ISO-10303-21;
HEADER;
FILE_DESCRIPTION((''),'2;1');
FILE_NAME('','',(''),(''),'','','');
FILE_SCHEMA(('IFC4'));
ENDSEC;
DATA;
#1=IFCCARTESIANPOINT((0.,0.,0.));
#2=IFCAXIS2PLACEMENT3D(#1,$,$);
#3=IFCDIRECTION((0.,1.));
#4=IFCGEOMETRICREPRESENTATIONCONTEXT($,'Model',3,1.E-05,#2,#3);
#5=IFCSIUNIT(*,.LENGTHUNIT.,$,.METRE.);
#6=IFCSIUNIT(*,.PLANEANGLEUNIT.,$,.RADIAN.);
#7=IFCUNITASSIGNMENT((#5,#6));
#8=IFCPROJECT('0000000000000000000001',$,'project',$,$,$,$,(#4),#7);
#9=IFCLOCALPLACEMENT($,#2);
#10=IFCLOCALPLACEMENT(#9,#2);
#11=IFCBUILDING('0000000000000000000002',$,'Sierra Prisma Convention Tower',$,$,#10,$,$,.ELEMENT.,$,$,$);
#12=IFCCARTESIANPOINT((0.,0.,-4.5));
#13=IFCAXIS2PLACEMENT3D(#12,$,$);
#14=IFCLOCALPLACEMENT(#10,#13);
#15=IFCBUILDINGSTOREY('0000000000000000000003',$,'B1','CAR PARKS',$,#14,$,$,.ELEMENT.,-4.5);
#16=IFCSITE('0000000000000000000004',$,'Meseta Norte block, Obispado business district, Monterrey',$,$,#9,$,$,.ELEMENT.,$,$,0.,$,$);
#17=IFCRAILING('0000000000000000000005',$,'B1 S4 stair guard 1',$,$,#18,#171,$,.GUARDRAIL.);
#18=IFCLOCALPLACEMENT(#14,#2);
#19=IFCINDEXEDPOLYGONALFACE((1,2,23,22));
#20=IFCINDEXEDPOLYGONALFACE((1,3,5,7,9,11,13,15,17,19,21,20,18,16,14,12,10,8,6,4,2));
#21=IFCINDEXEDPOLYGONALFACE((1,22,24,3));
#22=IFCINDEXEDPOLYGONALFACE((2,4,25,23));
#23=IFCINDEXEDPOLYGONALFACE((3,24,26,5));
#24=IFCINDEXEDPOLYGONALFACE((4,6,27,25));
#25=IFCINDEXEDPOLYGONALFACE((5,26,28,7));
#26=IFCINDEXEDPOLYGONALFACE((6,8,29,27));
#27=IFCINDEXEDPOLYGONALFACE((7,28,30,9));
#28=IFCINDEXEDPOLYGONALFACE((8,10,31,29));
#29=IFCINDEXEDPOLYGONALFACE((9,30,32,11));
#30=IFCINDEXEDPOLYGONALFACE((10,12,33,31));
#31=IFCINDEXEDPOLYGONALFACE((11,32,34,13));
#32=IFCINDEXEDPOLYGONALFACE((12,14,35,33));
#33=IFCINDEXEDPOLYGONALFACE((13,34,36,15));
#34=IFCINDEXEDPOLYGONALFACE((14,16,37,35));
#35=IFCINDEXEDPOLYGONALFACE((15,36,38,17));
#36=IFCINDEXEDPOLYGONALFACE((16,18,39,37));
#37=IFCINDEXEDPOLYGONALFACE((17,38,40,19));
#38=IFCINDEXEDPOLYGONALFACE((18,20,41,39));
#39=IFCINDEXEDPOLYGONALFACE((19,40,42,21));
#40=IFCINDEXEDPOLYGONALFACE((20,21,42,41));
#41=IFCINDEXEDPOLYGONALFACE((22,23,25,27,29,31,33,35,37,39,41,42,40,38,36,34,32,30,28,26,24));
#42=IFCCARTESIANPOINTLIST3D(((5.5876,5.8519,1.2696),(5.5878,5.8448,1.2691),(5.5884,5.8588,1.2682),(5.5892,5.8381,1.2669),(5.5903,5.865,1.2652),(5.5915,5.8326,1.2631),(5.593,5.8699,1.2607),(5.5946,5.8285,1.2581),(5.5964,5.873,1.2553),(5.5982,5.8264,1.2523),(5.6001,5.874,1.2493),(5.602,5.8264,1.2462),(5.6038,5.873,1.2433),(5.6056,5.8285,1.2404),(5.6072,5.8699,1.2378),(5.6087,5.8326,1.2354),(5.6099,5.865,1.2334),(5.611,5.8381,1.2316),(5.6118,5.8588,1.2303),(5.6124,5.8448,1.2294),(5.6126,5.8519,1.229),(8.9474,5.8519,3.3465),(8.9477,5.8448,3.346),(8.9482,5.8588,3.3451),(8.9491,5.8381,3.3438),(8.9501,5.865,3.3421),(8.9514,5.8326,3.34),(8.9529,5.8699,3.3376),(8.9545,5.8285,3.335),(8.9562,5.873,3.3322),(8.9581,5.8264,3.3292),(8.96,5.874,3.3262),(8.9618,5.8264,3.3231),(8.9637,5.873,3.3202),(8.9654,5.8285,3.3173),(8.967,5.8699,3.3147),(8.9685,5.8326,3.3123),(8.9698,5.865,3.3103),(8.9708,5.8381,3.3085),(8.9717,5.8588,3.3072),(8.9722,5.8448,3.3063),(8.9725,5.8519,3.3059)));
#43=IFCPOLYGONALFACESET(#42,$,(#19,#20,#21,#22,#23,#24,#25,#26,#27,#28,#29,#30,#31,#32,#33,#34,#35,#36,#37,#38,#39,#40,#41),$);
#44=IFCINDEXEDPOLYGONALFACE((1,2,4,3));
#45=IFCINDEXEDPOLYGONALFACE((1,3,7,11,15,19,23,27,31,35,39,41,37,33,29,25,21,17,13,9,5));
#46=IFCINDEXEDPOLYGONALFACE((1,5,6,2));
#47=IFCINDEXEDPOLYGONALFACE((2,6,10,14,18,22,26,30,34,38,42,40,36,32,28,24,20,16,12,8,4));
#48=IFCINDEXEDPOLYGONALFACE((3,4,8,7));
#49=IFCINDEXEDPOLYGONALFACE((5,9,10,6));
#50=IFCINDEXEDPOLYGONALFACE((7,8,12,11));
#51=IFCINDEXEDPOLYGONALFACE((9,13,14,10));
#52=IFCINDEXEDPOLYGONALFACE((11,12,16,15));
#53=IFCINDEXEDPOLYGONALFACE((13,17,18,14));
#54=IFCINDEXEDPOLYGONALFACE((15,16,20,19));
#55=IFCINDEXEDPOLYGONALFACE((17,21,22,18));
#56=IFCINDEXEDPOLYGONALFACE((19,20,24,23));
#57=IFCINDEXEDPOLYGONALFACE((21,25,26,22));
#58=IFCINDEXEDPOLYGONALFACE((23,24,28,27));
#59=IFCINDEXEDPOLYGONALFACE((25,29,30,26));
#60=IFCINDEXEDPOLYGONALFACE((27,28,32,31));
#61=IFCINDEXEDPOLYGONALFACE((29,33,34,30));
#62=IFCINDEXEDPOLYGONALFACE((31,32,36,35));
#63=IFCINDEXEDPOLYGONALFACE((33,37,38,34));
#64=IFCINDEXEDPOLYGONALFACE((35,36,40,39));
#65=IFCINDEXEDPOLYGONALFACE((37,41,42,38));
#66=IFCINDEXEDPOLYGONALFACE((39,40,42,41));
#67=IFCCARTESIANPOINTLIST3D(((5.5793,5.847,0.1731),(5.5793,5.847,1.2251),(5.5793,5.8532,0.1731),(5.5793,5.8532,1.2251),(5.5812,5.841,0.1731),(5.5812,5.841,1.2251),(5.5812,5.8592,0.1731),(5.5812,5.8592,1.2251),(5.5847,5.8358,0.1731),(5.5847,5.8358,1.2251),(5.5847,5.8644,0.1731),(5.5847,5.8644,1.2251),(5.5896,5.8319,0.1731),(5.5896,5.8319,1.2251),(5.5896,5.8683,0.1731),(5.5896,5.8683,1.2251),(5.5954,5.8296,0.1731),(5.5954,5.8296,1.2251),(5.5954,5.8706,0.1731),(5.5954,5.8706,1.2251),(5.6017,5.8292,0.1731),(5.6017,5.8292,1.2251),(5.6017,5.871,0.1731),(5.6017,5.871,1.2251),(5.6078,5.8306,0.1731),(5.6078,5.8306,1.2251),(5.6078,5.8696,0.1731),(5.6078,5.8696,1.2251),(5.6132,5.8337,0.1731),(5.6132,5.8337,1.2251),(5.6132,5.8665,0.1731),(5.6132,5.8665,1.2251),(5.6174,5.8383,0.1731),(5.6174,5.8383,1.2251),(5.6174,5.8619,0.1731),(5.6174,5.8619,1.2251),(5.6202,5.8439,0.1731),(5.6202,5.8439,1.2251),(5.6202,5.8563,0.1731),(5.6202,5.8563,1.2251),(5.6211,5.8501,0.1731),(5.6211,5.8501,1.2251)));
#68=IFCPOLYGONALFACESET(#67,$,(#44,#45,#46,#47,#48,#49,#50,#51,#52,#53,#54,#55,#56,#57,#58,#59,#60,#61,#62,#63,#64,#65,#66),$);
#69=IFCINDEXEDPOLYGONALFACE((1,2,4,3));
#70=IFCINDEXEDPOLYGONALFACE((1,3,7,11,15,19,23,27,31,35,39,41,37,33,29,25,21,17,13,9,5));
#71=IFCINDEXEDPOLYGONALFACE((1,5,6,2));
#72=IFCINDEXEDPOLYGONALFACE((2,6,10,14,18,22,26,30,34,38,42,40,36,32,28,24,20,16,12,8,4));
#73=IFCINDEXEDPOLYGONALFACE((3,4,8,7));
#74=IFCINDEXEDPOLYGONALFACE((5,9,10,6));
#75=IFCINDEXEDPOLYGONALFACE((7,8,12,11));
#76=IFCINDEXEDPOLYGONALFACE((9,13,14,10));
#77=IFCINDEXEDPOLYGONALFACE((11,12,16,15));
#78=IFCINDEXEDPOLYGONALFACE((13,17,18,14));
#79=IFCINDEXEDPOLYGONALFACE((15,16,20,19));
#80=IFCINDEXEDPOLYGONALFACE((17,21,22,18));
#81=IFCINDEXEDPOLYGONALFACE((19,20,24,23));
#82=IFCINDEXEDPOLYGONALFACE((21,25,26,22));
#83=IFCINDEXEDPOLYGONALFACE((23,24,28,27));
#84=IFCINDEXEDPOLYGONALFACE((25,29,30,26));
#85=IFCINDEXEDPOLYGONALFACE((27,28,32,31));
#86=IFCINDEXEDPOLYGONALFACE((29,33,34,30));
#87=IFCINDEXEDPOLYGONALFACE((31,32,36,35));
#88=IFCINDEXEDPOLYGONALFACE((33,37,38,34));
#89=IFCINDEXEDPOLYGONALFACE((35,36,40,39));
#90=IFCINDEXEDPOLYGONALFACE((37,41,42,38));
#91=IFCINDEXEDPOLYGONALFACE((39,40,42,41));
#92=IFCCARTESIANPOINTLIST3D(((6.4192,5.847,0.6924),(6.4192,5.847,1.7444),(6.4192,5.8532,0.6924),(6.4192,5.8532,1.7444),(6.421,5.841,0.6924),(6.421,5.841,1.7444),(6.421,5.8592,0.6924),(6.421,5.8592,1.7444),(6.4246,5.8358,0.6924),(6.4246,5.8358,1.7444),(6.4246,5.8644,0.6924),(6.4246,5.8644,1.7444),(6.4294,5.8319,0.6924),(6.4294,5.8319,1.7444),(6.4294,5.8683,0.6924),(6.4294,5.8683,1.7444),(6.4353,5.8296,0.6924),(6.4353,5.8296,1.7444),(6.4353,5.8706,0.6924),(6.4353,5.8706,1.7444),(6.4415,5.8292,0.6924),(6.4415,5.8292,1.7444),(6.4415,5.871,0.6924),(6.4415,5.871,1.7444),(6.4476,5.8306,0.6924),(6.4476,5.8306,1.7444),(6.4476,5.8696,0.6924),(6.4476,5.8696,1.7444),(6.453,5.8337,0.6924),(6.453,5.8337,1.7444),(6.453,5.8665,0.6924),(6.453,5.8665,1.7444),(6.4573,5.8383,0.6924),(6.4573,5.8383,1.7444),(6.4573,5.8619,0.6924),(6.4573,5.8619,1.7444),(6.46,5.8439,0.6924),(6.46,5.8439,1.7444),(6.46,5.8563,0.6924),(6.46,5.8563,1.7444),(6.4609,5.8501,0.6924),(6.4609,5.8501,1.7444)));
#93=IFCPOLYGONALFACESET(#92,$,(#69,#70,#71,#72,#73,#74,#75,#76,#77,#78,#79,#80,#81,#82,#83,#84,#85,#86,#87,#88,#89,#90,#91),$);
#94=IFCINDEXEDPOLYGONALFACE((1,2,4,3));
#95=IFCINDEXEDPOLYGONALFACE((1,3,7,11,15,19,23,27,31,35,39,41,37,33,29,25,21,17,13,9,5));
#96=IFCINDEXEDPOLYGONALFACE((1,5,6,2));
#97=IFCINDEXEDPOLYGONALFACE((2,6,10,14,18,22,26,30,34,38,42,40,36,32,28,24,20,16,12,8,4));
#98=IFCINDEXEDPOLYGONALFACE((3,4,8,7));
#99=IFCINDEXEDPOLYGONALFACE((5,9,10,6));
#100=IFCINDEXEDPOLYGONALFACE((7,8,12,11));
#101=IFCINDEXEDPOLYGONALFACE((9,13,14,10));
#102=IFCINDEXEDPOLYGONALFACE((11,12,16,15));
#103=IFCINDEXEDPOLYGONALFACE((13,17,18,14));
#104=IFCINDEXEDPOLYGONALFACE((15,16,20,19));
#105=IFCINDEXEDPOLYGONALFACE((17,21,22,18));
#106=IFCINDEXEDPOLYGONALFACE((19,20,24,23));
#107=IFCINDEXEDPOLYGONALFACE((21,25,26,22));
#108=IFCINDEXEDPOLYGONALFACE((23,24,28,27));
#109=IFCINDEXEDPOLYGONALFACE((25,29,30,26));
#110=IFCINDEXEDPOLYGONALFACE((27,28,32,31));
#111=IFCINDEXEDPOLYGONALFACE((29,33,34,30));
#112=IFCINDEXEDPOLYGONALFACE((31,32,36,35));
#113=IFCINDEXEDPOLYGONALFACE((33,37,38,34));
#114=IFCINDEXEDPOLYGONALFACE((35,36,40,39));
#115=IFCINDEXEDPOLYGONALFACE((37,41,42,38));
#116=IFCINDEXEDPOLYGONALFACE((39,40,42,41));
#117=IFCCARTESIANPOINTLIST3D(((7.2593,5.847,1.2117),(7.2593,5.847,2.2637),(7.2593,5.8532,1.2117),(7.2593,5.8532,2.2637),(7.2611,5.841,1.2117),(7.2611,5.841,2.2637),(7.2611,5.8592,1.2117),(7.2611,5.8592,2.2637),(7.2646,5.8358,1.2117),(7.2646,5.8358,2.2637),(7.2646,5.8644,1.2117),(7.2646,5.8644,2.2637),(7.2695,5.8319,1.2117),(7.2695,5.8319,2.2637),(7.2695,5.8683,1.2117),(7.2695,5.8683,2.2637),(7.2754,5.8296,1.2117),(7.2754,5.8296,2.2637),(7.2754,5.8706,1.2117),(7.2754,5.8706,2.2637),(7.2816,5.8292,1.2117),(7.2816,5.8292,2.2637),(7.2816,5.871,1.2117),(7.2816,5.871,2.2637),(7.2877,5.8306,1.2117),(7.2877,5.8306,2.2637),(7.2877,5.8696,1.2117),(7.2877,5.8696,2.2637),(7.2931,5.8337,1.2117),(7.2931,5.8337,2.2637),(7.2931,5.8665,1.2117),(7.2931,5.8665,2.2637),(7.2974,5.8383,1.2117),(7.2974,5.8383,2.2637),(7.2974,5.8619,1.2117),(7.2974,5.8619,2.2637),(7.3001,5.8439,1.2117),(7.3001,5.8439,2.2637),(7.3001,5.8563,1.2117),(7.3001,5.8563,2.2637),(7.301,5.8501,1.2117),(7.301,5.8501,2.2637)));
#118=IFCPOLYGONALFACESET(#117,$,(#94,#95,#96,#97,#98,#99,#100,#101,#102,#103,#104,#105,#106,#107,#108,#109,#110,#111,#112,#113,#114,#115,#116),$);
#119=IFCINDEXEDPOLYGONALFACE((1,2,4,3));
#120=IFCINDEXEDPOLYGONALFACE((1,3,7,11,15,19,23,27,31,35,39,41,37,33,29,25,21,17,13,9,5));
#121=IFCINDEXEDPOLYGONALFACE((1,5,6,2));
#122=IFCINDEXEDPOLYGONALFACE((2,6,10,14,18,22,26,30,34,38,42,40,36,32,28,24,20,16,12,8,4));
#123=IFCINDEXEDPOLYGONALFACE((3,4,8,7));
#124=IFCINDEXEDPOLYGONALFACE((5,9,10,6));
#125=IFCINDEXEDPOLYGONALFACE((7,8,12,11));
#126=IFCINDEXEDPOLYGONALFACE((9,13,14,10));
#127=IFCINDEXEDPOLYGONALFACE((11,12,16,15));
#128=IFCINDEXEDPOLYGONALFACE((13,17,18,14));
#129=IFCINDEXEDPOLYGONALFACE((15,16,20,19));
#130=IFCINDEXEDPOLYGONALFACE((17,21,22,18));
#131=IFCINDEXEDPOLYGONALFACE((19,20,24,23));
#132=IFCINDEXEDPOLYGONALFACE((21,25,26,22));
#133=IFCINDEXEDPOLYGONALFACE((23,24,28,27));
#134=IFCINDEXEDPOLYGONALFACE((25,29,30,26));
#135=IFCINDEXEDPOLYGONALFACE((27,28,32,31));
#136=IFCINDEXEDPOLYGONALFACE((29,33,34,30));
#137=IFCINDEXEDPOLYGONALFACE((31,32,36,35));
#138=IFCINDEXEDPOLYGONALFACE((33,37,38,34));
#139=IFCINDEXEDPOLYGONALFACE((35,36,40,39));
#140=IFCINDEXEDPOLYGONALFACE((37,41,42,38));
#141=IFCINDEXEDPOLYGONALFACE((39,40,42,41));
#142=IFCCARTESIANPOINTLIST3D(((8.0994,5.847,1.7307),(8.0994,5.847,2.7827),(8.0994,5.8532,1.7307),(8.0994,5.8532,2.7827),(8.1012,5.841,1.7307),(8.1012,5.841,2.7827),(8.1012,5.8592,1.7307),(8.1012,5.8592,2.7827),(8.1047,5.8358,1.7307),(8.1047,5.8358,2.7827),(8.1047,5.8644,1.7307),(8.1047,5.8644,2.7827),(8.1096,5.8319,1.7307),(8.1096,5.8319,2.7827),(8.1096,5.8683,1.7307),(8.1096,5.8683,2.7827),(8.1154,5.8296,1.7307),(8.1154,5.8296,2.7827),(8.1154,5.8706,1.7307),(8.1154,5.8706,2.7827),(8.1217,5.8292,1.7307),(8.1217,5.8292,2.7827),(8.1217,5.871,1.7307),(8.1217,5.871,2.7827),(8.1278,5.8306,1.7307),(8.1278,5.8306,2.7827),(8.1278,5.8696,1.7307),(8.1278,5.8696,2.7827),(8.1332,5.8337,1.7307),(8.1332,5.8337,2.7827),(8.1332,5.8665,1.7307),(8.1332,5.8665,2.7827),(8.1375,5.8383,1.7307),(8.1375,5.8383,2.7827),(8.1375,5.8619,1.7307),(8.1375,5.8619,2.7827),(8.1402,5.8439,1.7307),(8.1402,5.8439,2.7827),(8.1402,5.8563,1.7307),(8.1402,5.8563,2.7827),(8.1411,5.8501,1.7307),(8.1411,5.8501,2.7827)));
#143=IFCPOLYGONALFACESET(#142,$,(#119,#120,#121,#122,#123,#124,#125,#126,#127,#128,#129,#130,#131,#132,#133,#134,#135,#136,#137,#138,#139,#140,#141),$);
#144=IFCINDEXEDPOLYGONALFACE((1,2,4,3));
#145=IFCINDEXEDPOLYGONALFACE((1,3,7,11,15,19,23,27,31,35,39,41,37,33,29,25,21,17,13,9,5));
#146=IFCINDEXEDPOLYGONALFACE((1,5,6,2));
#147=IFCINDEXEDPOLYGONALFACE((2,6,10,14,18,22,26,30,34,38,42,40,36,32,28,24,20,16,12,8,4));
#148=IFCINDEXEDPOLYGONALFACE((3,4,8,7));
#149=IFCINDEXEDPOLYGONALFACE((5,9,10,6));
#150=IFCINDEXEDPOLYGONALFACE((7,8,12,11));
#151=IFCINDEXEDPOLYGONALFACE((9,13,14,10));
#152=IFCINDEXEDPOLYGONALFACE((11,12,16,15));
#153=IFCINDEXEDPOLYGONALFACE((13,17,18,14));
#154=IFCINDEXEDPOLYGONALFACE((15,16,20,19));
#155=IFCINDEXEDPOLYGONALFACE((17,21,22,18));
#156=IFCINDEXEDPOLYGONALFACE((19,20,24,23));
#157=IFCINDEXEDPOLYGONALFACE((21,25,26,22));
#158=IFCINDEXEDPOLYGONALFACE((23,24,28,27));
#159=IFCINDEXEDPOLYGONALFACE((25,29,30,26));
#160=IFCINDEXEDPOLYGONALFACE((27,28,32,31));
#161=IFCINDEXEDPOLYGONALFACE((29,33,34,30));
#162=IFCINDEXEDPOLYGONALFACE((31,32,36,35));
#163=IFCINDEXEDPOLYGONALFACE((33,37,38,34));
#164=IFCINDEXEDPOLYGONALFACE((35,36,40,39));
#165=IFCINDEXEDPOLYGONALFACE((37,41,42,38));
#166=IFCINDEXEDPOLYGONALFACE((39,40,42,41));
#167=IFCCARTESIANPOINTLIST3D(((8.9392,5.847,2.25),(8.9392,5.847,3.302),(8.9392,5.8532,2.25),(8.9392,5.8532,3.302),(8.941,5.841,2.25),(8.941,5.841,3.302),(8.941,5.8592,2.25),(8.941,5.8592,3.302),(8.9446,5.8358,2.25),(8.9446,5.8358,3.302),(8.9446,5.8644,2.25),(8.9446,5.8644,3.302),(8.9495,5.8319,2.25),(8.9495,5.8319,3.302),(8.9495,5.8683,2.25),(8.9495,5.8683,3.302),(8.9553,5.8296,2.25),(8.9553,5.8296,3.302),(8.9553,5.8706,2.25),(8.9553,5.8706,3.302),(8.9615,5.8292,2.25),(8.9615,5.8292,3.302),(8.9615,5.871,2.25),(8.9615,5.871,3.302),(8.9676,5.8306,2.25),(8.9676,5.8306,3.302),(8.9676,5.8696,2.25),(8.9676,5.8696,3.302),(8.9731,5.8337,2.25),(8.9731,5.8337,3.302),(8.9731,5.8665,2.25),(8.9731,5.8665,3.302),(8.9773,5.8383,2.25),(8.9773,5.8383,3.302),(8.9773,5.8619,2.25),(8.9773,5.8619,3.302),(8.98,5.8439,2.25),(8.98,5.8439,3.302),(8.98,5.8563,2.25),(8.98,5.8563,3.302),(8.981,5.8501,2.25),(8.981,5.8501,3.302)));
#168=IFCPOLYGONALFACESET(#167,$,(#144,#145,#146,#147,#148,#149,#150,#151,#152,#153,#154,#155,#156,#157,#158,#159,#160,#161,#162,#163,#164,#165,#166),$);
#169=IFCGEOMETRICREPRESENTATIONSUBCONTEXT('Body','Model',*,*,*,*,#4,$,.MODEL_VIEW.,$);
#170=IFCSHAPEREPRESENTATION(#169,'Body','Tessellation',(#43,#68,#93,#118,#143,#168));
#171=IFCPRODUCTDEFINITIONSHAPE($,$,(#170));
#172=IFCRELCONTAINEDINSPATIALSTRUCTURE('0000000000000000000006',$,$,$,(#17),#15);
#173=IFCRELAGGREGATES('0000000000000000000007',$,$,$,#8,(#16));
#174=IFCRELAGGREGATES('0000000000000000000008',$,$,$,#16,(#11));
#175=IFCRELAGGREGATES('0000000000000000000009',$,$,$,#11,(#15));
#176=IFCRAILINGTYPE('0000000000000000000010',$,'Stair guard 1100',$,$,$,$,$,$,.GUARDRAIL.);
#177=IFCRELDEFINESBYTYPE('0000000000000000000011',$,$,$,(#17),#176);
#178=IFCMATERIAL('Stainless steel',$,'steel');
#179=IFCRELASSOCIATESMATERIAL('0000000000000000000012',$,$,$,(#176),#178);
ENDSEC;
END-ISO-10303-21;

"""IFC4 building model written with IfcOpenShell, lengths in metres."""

from ifc_helpers import new_model, si_unit, direction, frame, origin, origin_2d, place, context, subcontext, project, spatial, circle, extrude, material, type_object, element, save


model = new_model("IFC4")

# Units and contexts
model_context = context("Model", 3, precision=1e-05, world=origin(), true_north=direction((0.0, 1.0)))
body_context = subcontext(model_context, "Body", "Model", "MODEL_VIEW")
ifc_project = project(units=[si_unit("LENGTHUNIT", "METRE"), si_unit("PLANEANGLEUNIT", "RADIAN")], contexts=[model_context])

# Site, building, storey
site_placement = place(None, origin())
site = spatial("IfcSite", under=ifc_project, at=site_placement, Name="Meseta Norte block, Obispado business district, Monterrey", CompositionType="ELEMENT", RefElevation=0.0)
building_placement = place(site_placement, origin())
building = spatial("IfcBuilding", under=site, at=building_placement, Name="Sierra Prisma Convention Tower", CompositionType="ELEMENT")
storey_placement = place(building_placement, frame((0.0, 0.0, -4.5)))
storey = spatial("IfcBuildingStorey", under=building, at=storey_placement, Name="B1", Description="CAR PARKS", CompositionType="ELEMENT", Elevation=-4.5)

# Railing
ifc_material_1 = material(Name="Stainless steel", Category="steel")
railing_type_1 = type_object("IfcRailingType", Name="Stair guard 1100", PredefinedType="GUARDRAIL", material=ifc_material_1)
railing_1_placement = place(storey_placement, frame((5.6001, 5.8501, 0.1731)))
element("IfcRailing", 1, at=railing_1_placement, inside=storey, type_object=railing_type_1, Name="B1 S4 stair guard 1", PredefinedType="GUARDRAIL", context=body_context, shape_type="SweptSolid", body=[
    extrude(circle(Radius=0.0239, at=origin_2d()), frame((0.0, 0.0, 1.0762), z_axis=(0.850606, 0.0, 0.525803), x_axis=(0.0, 1.0, 0.0)), (0.0, 0.0, 1.0), 3.95),
    extrude(circle(Radius=0.021, at=origin_2d()), origin(), (0.0, 0.0, 1.0), 1.052),
    extrude(circle(Radius=0.021, at=origin_2d()), frame((0.8398, 0.0, 0.5193)), (0.0, 0.0, 1.0), 1.052),
    extrude(circle(Radius=0.021, at=origin_2d()), frame((1.6799, 0.0, 1.0386)), (0.0, 0.0, 1.0), 1.052),
    extrude(circle(Radius=0.021, at=origin_2d()), frame((2.52, 0.0, 1.5576)), (0.0, 0.0, 1.0), 1.052),
    extrude(circle(Radius=0.021, at=origin_2d()), frame((3.3599, 0.0, 2.0769)), (0.0, 0.0, 1.0), 1.052),
])

save(model, "model.ifc")
